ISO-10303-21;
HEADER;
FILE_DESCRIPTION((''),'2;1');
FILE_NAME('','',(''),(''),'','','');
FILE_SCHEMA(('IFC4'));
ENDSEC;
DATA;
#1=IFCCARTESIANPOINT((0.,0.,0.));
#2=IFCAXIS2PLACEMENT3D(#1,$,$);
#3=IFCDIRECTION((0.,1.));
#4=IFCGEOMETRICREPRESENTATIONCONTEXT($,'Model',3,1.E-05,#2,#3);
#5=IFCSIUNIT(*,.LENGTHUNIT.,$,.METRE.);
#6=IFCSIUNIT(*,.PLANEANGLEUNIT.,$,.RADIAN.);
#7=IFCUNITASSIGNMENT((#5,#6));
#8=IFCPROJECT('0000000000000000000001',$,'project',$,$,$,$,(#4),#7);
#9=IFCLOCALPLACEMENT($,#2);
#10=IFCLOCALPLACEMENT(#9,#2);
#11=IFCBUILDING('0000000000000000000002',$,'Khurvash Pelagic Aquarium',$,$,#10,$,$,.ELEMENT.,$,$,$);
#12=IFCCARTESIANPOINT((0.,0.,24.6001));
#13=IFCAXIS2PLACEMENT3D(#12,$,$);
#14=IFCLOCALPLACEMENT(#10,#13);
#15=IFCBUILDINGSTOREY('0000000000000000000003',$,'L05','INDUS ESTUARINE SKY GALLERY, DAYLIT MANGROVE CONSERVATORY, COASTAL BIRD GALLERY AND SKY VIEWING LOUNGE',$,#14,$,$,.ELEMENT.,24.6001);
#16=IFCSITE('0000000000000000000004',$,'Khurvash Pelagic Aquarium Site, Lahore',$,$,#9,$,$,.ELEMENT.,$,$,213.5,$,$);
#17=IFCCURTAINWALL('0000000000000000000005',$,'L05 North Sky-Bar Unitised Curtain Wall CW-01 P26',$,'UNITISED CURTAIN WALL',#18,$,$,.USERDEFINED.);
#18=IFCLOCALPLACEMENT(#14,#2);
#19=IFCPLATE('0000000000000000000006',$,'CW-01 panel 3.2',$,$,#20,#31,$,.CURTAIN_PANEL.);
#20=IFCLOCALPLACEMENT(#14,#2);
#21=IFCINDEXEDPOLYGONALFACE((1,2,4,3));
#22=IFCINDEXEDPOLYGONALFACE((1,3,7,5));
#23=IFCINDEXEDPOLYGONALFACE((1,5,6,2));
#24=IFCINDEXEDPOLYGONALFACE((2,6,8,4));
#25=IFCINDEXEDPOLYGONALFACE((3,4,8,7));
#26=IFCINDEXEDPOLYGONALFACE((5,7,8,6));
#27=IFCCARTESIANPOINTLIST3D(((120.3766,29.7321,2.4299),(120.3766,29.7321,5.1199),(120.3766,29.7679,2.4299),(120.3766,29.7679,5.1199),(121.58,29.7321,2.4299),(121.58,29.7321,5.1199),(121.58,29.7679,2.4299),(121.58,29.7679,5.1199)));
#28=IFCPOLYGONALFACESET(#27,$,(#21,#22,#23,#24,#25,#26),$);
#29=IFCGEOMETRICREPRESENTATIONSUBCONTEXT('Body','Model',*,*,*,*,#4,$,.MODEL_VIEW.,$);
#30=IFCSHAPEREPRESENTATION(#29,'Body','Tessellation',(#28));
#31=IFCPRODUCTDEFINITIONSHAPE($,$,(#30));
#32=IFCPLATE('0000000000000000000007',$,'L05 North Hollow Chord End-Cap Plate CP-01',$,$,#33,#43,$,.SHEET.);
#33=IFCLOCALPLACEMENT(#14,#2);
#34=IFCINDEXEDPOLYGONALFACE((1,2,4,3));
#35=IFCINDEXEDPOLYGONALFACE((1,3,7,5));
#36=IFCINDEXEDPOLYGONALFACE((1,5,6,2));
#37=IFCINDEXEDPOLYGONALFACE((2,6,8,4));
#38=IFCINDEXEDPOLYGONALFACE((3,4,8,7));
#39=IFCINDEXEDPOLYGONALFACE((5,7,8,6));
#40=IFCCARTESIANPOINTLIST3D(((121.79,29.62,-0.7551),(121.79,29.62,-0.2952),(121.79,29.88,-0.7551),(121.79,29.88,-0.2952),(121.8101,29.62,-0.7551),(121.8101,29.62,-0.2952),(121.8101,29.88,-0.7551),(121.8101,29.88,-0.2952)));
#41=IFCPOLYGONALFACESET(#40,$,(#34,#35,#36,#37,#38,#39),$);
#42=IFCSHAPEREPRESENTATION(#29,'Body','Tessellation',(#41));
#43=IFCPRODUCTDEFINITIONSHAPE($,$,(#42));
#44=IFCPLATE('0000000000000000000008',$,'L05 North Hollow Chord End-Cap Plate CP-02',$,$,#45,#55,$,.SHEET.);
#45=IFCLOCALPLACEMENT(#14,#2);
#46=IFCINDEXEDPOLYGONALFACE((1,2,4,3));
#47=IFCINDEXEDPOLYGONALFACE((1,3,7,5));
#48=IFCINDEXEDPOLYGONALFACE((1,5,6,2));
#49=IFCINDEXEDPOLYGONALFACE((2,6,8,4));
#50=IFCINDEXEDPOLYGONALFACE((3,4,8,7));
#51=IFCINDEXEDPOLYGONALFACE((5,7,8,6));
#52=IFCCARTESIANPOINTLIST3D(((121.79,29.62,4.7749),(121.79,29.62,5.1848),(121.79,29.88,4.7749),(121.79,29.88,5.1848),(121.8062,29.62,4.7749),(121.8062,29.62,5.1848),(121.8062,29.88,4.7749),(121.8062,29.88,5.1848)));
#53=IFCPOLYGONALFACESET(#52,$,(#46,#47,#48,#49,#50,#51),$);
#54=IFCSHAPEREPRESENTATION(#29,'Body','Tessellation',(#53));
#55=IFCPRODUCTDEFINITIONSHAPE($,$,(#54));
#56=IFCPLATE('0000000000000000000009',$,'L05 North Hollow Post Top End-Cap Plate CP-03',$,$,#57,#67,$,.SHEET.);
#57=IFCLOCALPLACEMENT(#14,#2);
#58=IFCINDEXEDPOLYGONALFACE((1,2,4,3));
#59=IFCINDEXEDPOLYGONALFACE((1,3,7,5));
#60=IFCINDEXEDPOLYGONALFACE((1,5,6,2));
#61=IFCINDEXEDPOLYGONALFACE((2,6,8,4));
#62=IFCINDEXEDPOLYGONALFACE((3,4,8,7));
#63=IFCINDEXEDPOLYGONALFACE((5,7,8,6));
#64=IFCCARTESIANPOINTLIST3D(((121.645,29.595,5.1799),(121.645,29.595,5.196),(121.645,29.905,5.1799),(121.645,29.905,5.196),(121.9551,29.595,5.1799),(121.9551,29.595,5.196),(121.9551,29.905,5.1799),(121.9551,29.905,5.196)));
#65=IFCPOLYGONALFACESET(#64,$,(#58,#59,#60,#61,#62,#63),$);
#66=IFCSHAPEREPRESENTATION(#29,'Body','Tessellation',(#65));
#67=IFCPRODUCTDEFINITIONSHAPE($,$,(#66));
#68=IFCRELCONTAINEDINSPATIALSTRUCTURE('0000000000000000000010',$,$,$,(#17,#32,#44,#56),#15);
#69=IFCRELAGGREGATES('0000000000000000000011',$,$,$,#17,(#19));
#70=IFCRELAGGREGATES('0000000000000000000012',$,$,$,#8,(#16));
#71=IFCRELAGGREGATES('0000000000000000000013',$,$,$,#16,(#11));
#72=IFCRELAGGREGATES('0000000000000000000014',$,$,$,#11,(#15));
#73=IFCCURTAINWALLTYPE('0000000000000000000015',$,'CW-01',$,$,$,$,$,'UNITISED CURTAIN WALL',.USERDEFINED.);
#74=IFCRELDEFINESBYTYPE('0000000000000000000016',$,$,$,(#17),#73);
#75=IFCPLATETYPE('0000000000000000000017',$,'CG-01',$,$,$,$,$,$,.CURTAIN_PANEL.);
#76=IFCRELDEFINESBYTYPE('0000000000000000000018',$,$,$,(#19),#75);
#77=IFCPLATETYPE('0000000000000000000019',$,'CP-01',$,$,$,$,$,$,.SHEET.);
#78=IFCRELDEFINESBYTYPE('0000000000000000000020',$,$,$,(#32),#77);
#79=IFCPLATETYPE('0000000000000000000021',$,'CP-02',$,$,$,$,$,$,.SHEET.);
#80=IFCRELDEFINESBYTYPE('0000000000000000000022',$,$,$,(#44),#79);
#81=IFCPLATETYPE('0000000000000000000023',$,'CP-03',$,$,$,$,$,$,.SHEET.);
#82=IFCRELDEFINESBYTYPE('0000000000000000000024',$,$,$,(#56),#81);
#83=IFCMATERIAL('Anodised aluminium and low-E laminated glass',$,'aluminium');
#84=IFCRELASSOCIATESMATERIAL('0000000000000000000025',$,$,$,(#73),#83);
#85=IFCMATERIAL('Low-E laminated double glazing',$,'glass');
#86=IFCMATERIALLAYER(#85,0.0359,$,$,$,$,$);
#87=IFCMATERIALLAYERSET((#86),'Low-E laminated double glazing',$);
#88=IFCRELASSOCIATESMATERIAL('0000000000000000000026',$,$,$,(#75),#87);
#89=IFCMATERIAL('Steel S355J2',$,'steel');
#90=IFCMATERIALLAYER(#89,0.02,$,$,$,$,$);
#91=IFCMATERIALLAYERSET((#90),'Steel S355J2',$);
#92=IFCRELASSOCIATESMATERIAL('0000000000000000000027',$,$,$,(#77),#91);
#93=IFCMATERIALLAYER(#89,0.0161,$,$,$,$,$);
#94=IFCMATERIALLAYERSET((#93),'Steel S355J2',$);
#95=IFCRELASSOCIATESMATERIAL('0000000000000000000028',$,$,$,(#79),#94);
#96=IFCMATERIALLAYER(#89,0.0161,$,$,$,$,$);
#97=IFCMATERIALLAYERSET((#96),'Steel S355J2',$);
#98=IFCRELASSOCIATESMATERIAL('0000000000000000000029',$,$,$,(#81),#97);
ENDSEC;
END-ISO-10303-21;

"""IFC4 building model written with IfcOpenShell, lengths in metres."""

from ifc_helpers import new_model, si_unit, direction, frame, origin, origin_2d, place, context, subcontext, project, spatial, rectangle, extrude, material, layer, layer_set, type_object, element, aggregate, save


model = new_model("IFC4")

# Units and contexts
model_context = context("Model", 3, precision=1e-05, world=origin(), true_north=direction((0.0, 1.0)))
body_context = subcontext(model_context, "Body", "Model", "MODEL_VIEW")
ifc_project = project(units=[si_unit("LENGTHUNIT", "METRE"), si_unit("PLANEANGLEUNIT", "RADIAN")], contexts=[model_context])

# Site, building, storey
site_placement = place(None, origin())
site = spatial("IfcSite", under=ifc_project, at=site_placement, Name="Khurvash Pelagic Aquarium Site, Lahore", CompositionType="ELEMENT", RefElevation=213.5)
building_placement = place(site_placement, origin())
building = spatial("IfcBuilding", under=site, at=building_placement, Name="Khurvash Pelagic Aquarium", CompositionType="ELEMENT")
storey_placement = place(building_placement, frame((0.0, 0.0, 24.6001)))
storey = spatial("IfcBuildingStorey", under=building, at=storey_placement, Name="L05", Description="INDUS ESTUARINE SKY GALLERY, DAYLIT MANGROVE CONSERVATORY, COASTAL BIRD GALLERY AND SKY VIEWING LOUNGE", CompositionType="ELEMENT", Elevation=24.6001)

# Curtain wall
ifc_material_1 = material(Name="Anodised aluminium and low-E laminated glass", Category="aluminium")
curtain_wall_type = type_object("IfcCurtainWallType", Name="CW-01", ElementType="UNITISED CURTAIN WALL", PredefinedType="USERDEFINED", material=ifc_material_1)
curtain_wall_placement = place(storey_placement, origin())
curtain_wall = element("IfcCurtainWall", 1, at=curtain_wall_placement, inside=storey, type_object=curtain_wall_type, Name="L05 North Sky-Bar Unitised Curtain Wall CW-01 P26", ObjectType="UNITISED CURTAIN WALL", PredefinedType="USERDEFINED")

# Shared definitions
ifc_material_2 = material(Name="Steel S355J2", Category="steel")

# Plate
ifc_material_3 = material(Name="Low-E laminated double glazing", Category="glass")
ifc_layer_1 = layer(ifc_material_3, 0.0359)
ifc_layer_set_1 = layer_set([ifc_layer_1], Name="Low-E laminated double glazing")
plate_type_1 = type_object("IfcPlateType", Name="CG-01", PredefinedType="CURTAIN_PANEL", material=ifc_layer_set_1)
plate_1_placement = place(storey_placement, frame((120.9783, 29.75, 2.4299), z_axis=(0.0, 0.0, 1.0), x_axis=(1.0, 0.0, 0.0)))
plate_1 = element("IfcPlate", 2, at=plate_1_placement, type_object=plate_type_1, Name="CW-01 panel 3.2", PredefinedType="CURTAIN_PANEL", context=body_context, shape_type="SweptSolid", body=[
    extrude(rectangle(XDim=1.2034, YDim=0.0359, at=origin_2d()), origin(), (0.0, 0.0, 1.0), 2.6899),
])
aggregate(curtain_wall, [plate_1])

# Plates
ifc_layer_2 = layer(ifc_material_2, 0.02)
ifc_layer_set_2 = layer_set([ifc_layer_2], Name="Steel S355J2")
plate_type_2 = type_object("IfcPlateType", Name="CP-01", PredefinedType="SHEET", material=ifc_layer_set_2)
plate_2_placement = place(storey_placement, frame((121.8, 29.75, -0.7551), z_axis=(0.0, 0.0, 1.0), x_axis=(0.0, 1.0, 0.0)))
element("IfcPlate", 3, at=plate_2_placement, inside=storey, type_object=plate_type_2, Name="L05 North Hollow Chord End-Cap Plate CP-01", PredefinedType="SHEET", context=body_context, shape_type="SweptSolid", body=[
    extrude(rectangle(XDim=0.26, YDim=0.02, at=origin_2d()), origin(), (0.0, 0.0, 1.0), 0.46),
])
ifc_layer_3 = layer(ifc_material_2, 0.0161)
ifc_layer_set_3 = layer_set([ifc_layer_3], Name="Steel S355J2")
plate_type_3 = type_object("IfcPlateType", Name="CP-02", PredefinedType="SHEET", material=ifc_layer_set_3)
plate_3_placement = place(storey_placement, frame((121.7981, 29.75, 4.7749), z_axis=(0.0, 0.0, 1.0), x_axis=(0.0, 1.0, 0.0)))
element("IfcPlate", 4, at=plate_3_placement, inside=storey, type_object=plate_type_3, Name="L05 North Hollow Chord End-Cap Plate CP-02", PredefinedType="SHEET", context=body_context, shape_type="SweptSolid", body=[
    extrude(rectangle(XDim=0.26, YDim=0.0161, at=origin_2d()), origin(), (0.0, 0.0, 1.0), 0.4099),
])
ifc_layer_4 = layer(ifc_material_2, 0.0161)
ifc_layer_set_4 = layer_set([ifc_layer_4], Name="Steel S355J2")
plate_type_4 = type_object("IfcPlateType", Name="CP-03", PredefinedType="SHEET", material=ifc_layer_set_4)
plate_4_placement = place(storey_placement, frame((121.8, 29.75, 5.1799), z_axis=(0.0, 0.0, 1.0), x_axis=(1.0, 0.0, 0.0)))
element("IfcPlate", 5, at=plate_4_placement, inside=storey, type_object=plate_type_4, Name="L05 North Hollow Post Top End-Cap Plate CP-03", PredefinedType="SHEET", context=body_context, shape_type="SweptSolid", body=[
    extrude(rectangle(XDim=0.3101, YDim=0.3101, at=origin_2d()), origin(), (0.0, 0.0, 1.0), 0.0161),
])

save(model, "model.ifc")
